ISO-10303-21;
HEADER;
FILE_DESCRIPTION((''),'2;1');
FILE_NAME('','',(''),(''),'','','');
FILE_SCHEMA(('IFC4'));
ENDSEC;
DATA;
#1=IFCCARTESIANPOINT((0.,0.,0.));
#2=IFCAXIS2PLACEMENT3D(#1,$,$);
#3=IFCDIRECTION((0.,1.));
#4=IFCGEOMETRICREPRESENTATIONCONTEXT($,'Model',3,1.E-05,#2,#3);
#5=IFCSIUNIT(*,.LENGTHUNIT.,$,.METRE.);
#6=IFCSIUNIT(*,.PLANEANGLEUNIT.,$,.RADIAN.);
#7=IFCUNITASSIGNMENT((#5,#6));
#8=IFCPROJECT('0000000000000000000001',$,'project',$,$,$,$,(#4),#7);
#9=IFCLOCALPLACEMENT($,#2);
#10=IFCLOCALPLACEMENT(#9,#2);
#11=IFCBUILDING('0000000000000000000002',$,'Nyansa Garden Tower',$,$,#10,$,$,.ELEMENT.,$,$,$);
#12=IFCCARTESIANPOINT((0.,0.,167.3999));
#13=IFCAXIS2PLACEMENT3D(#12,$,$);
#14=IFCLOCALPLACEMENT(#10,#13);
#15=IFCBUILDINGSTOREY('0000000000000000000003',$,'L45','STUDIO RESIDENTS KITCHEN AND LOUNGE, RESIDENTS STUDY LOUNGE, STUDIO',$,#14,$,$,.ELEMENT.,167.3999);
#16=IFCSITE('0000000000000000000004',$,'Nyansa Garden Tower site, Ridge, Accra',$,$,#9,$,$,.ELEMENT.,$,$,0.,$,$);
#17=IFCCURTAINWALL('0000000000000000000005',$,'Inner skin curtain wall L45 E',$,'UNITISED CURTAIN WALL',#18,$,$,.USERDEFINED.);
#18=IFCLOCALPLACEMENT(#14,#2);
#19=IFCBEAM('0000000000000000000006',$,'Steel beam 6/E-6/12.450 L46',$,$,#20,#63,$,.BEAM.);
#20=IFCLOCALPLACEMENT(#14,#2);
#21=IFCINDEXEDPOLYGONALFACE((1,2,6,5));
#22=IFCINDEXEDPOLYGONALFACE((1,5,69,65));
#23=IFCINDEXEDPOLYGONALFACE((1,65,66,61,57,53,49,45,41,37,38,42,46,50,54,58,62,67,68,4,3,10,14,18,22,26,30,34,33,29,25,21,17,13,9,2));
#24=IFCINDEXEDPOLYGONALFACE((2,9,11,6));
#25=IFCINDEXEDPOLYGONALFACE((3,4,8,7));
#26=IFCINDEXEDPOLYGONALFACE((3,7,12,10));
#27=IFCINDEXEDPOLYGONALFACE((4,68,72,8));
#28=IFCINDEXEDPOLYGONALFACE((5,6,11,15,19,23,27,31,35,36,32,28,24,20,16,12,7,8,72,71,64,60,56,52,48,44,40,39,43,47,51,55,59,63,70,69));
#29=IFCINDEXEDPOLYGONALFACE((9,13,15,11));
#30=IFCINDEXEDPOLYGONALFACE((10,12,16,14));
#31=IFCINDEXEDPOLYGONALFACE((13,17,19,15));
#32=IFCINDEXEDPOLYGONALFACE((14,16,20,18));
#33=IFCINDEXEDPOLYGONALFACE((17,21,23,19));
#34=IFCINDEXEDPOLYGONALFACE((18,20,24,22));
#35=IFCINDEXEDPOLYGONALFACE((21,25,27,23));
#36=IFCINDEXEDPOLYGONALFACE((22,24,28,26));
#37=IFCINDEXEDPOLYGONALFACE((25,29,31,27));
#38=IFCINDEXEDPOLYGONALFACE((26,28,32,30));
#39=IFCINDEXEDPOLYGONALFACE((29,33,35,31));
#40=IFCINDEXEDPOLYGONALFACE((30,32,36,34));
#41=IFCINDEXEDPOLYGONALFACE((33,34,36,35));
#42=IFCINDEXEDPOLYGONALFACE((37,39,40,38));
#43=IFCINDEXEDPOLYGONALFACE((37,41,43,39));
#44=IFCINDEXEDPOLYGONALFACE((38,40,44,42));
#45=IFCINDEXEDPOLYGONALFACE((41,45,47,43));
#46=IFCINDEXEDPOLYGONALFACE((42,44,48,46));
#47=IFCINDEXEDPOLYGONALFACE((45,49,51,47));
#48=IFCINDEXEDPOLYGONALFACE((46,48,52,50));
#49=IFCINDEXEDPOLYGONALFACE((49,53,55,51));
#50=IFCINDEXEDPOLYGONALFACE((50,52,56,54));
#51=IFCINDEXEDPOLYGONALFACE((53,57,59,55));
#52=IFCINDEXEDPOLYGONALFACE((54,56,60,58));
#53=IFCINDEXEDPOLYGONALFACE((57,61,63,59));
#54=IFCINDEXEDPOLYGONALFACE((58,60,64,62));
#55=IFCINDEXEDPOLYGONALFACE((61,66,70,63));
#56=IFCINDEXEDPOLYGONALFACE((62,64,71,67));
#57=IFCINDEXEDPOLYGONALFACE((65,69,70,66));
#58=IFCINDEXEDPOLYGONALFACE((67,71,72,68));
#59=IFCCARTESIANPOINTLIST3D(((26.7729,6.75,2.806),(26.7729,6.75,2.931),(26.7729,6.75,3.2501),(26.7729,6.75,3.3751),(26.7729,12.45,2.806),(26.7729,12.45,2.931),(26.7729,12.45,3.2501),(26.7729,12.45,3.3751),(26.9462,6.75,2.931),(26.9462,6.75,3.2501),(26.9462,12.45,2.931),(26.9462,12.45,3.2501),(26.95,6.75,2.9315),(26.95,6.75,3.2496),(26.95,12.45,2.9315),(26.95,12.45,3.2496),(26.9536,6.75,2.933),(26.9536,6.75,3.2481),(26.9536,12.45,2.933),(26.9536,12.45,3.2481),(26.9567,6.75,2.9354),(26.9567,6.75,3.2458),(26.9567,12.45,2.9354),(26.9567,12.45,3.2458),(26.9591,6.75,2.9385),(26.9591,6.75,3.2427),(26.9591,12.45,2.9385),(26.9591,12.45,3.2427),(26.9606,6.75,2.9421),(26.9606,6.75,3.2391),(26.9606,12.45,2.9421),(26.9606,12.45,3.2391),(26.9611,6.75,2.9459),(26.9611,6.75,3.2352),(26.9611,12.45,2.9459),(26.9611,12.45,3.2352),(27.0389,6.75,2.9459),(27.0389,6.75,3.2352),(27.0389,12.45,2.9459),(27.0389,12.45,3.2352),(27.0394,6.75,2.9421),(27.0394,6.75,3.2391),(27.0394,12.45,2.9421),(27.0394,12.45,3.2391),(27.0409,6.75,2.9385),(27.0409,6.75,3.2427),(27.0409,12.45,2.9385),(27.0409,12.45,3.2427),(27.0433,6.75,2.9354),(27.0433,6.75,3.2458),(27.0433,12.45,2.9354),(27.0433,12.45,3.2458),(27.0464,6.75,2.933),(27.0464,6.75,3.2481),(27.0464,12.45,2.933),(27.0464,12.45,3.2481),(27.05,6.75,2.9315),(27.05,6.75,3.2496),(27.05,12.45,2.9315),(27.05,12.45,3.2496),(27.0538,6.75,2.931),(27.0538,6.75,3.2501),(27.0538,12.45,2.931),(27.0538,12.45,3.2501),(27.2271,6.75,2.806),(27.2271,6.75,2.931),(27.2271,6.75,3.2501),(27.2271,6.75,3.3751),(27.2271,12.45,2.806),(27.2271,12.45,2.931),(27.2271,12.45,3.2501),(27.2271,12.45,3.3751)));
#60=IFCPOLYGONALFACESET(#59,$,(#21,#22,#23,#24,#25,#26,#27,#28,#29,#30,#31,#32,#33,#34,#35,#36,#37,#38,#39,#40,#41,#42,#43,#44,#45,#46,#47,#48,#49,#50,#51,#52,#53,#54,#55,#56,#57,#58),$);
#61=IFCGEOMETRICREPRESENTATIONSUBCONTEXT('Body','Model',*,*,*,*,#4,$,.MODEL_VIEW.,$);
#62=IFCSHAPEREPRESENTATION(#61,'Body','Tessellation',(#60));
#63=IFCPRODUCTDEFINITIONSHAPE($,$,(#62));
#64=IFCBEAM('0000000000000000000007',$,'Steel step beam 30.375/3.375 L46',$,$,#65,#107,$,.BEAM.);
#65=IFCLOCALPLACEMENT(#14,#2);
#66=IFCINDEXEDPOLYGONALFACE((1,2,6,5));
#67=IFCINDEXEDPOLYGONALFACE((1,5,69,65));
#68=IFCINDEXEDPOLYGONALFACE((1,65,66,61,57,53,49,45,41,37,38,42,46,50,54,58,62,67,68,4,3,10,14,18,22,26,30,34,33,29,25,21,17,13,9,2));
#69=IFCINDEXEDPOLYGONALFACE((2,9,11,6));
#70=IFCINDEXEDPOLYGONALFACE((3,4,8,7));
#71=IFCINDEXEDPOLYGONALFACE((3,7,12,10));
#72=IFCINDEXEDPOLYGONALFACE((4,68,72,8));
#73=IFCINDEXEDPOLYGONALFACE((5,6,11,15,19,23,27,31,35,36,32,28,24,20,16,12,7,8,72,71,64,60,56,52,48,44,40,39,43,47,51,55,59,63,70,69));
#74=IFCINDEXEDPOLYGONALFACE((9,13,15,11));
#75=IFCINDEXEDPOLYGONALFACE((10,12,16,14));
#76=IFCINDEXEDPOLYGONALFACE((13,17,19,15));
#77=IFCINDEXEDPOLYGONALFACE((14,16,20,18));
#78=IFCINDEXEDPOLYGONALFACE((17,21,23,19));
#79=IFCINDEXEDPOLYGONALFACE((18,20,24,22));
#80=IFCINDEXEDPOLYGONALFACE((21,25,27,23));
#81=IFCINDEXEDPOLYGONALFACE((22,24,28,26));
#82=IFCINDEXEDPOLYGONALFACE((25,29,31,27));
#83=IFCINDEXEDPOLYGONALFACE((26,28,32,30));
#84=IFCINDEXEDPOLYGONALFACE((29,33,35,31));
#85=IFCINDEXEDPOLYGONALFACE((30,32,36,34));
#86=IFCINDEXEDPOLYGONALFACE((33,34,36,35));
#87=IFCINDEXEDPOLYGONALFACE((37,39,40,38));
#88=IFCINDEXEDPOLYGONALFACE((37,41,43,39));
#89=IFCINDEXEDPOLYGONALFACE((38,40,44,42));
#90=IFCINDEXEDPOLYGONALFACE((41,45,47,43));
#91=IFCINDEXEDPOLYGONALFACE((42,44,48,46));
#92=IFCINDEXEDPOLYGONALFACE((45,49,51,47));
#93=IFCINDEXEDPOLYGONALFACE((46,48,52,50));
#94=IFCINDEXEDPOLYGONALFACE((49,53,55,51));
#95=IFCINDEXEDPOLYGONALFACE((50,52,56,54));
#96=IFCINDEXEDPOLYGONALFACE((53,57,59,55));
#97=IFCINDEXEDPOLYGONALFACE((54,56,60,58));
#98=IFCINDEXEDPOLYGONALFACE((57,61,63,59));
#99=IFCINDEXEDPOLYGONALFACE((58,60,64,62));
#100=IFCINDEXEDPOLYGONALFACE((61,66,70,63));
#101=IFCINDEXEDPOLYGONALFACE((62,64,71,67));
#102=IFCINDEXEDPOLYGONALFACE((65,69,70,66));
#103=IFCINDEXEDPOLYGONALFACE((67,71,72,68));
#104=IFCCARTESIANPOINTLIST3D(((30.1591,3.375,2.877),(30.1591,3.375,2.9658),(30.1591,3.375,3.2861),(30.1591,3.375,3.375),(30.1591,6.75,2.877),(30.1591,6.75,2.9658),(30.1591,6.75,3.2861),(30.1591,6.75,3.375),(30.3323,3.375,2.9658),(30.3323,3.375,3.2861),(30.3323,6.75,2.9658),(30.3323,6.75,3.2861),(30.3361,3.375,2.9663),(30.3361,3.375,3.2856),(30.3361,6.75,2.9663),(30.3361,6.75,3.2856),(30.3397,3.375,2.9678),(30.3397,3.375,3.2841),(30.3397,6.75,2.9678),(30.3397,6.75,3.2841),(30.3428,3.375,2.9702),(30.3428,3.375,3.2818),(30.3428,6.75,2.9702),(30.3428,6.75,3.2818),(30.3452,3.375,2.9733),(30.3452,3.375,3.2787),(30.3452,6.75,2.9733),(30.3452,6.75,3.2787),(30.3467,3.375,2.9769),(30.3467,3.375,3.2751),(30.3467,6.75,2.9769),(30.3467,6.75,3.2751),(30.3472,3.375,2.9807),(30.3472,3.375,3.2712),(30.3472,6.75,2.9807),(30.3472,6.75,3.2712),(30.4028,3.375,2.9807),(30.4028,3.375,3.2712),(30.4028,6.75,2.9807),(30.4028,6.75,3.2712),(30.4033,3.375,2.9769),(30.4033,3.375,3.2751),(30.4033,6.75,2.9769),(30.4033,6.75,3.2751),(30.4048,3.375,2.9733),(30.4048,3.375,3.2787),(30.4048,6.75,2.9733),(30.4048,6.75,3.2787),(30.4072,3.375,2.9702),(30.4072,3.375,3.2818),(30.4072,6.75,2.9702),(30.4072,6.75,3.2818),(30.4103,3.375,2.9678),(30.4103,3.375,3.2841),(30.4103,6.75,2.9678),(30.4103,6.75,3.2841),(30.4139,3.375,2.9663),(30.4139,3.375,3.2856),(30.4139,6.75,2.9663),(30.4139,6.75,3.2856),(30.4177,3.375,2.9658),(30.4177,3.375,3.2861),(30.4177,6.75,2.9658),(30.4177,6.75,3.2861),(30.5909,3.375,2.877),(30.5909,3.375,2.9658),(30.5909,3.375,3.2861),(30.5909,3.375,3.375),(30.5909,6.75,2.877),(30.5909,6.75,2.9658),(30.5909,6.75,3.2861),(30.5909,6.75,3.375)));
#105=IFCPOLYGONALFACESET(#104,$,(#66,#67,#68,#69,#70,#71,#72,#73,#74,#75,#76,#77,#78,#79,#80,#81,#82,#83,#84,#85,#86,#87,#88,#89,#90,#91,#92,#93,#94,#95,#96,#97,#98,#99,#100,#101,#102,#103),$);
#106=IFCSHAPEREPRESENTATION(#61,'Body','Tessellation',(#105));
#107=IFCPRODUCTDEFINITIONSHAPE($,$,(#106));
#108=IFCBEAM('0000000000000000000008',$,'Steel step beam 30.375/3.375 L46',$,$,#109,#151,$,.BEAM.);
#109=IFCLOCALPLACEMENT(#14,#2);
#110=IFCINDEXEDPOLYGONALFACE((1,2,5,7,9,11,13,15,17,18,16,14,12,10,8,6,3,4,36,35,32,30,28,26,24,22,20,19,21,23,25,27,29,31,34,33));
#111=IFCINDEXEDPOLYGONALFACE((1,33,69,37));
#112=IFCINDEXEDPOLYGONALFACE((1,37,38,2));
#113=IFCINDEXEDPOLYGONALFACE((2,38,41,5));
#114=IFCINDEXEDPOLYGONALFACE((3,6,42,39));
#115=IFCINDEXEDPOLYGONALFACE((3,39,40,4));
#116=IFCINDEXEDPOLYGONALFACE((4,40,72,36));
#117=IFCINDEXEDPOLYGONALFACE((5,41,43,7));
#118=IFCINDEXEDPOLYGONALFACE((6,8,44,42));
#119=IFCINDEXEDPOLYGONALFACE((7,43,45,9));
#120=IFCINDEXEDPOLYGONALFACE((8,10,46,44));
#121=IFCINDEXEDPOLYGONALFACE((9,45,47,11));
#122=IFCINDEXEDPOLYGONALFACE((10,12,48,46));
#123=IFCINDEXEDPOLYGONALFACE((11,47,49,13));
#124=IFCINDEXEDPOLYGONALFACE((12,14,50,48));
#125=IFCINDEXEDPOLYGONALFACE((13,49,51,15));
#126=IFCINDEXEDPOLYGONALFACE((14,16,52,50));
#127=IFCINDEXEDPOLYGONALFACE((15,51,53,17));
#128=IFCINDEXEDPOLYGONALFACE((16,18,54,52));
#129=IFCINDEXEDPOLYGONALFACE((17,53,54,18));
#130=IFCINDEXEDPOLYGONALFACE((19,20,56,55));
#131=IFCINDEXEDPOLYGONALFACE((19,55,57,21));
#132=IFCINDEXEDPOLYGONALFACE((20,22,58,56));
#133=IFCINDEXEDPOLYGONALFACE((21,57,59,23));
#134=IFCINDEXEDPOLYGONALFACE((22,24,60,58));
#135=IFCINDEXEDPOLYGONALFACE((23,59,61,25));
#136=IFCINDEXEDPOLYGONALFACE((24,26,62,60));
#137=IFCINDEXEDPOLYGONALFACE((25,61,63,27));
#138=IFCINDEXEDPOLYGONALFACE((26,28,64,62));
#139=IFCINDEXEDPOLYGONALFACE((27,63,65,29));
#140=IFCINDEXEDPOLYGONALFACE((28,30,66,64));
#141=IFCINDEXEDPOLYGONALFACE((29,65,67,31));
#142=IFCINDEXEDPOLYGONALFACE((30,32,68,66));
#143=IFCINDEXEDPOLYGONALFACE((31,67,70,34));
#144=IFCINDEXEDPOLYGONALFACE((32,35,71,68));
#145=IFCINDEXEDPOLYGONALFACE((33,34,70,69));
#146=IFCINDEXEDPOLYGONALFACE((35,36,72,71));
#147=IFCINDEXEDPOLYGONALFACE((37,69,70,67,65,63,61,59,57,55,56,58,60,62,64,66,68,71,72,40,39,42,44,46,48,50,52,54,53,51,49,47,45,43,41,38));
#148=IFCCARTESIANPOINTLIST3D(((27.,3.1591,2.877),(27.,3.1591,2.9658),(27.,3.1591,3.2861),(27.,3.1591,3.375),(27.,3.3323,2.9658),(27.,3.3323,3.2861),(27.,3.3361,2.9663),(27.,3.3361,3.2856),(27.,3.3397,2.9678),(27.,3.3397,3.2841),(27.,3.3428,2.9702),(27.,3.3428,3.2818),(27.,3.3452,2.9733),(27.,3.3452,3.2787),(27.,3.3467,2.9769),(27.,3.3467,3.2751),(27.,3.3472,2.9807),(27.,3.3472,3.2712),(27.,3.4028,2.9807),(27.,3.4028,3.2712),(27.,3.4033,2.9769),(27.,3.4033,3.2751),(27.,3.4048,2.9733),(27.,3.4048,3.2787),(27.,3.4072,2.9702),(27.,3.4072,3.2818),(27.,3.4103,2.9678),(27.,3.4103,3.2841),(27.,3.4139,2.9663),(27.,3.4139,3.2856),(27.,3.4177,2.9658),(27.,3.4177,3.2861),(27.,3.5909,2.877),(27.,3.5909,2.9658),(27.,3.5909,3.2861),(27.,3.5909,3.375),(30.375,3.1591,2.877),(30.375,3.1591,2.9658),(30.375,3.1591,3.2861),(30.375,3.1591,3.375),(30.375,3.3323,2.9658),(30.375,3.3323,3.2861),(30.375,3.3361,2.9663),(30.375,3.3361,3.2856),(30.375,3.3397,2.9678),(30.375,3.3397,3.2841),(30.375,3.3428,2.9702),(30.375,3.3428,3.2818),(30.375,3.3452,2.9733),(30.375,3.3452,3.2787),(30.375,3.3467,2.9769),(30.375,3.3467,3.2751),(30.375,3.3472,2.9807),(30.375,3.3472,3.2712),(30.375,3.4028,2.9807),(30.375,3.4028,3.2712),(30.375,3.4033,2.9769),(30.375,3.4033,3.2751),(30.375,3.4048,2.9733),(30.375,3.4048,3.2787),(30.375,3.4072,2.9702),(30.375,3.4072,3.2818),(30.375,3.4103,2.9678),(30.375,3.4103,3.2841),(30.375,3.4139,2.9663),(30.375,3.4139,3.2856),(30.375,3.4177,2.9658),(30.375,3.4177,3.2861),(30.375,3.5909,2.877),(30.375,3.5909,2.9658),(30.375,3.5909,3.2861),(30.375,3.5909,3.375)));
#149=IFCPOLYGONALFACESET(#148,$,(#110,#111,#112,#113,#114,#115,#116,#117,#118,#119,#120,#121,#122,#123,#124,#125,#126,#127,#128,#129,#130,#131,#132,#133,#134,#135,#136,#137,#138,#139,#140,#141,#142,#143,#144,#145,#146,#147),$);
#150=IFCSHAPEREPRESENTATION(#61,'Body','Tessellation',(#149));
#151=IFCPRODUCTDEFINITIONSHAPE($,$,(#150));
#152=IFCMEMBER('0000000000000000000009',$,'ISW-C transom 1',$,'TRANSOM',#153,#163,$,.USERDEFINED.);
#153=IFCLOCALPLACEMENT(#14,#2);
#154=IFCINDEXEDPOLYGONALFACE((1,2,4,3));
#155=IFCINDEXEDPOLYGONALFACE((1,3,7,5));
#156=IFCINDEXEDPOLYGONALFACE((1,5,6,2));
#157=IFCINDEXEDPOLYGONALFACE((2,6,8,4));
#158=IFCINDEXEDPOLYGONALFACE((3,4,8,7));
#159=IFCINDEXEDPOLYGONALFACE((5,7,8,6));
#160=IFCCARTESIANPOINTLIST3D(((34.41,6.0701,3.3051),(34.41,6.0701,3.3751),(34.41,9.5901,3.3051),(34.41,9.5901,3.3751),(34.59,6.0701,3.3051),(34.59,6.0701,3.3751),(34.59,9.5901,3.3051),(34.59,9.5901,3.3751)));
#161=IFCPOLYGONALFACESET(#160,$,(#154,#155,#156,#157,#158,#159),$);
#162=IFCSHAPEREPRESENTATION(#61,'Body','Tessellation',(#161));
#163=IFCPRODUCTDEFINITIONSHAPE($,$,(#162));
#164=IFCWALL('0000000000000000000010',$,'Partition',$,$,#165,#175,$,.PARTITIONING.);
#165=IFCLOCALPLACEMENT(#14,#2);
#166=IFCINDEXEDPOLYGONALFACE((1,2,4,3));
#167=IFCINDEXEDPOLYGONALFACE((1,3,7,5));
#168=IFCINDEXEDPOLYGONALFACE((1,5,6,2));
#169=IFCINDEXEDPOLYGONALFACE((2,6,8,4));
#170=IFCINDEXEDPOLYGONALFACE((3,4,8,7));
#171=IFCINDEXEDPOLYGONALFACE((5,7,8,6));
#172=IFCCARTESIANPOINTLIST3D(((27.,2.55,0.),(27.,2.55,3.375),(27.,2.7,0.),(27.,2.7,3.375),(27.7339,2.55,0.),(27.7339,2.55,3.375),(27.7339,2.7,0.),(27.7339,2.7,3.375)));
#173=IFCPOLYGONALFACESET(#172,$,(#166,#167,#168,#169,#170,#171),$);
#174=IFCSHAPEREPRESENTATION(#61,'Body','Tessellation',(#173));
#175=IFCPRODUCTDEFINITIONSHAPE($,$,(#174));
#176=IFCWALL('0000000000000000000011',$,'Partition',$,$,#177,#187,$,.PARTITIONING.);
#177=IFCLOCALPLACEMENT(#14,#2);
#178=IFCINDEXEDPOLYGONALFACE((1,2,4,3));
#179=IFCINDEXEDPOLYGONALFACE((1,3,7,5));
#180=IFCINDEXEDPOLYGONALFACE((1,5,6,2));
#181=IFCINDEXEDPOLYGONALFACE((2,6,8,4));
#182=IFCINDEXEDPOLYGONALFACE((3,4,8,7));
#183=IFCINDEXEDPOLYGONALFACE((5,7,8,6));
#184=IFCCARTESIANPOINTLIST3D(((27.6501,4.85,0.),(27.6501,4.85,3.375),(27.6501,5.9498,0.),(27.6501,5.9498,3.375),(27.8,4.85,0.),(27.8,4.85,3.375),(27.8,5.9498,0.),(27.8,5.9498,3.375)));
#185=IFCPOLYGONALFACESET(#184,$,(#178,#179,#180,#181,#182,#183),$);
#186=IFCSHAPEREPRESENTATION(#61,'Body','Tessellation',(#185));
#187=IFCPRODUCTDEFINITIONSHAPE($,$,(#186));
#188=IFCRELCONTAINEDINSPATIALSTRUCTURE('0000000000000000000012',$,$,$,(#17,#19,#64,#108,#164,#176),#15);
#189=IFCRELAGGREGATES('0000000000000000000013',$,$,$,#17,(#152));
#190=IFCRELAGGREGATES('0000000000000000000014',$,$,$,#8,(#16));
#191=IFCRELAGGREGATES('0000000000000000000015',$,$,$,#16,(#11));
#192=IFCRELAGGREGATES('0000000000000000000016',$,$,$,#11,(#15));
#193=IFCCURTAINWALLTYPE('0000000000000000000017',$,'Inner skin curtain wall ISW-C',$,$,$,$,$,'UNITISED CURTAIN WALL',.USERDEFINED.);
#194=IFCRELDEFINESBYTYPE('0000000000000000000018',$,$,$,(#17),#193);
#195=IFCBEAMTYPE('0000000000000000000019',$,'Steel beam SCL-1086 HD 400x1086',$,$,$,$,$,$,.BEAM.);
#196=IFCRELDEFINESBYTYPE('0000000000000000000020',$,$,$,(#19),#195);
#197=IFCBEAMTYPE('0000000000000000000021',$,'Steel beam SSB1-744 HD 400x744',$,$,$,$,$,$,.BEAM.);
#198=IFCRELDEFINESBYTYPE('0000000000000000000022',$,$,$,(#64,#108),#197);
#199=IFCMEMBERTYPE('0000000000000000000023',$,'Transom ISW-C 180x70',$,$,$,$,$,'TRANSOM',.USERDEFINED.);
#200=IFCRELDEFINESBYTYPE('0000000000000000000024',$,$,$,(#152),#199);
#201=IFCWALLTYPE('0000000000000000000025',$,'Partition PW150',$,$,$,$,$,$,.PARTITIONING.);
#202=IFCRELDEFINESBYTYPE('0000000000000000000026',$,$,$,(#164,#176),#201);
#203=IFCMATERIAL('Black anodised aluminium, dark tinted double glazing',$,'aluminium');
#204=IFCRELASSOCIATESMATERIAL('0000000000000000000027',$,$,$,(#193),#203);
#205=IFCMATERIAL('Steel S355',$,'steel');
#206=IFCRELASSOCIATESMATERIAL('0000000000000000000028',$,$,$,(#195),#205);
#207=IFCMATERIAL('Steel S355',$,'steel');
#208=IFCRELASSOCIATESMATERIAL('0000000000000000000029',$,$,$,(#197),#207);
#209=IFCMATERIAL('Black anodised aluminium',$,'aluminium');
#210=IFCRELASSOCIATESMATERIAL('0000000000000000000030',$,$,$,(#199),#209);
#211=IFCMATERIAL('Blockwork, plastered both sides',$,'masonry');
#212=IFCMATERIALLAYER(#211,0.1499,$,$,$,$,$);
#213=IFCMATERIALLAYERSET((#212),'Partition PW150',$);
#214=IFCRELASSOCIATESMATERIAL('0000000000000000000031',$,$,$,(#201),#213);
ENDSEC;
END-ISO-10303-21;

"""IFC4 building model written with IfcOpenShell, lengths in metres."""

from ifc_helpers import new_model, si_unit, direction, frame, frame_2d, origin, origin_2d, place, context, subcontext, project, spatial, rectangle, i_section, extrude, material, layer, layer_set, material_profile, profile_set, type_object, element, aggregate, save


model = new_model("IFC4")

# Units and contexts
model_context = context("Model", 3, precision=1e-05, world=origin(), true_north=direction((0.0, 1.0)))
body_context = subcontext(model_context, "Body", "Model", "MODEL_VIEW")
ifc_project = project(units=[si_unit("LENGTHUNIT", "METRE"), si_unit("PLANEANGLEUNIT", "RADIAN")], contexts=[model_context])

# Site, building, storey
site_placement = place(None, origin())
site = spatial("IfcSite", under=ifc_project, at=site_placement, Name="Nyansa Garden Tower site, Ridge, Accra", CompositionType="ELEMENT", RefElevation=0.0)
building_placement = place(site_placement, origin())
building = spatial("IfcBuilding", under=site, at=building_placement, Name="Nyansa Garden Tower", CompositionType="ELEMENT")
storey_placement = place(building_placement, frame((0.0, 0.0, 167.3999)))
storey = spatial("IfcBuildingStorey", under=building, at=storey_placement, Name="L45", Description="STUDIO RESIDENTS KITCHEN AND LOUNGE, RESIDENTS STUDY LOUNGE, STUDIO", CompositionType="ELEMENT", Elevation=167.3999)

# Curtain wall
ifc_material_1 = material(Name="Black anodised aluminium, dark tinted double glazing", Category="aluminium")
curtain_wall_type = type_object("IfcCurtainWallType", Name="Inner skin curtain wall ISW-C", ElementType="UNITISED CURTAIN WALL", PredefinedType="USERDEFINED", material=ifc_material_1)
curtain_wall_1_placement = place(storey_placement, origin())
curtain_wall_1 = element("IfcCurtainWall", 1, at=curtain_wall_1_placement, inside=storey, type_object=curtain_wall_type, Name="Inner skin curtain wall L45 E", ObjectType="UNITISED CURTAIN WALL", PredefinedType="USERDEFINED")

# Beams
ifc_material_2 = material(Name="Steel S355", Category="steel")
ifc_material_profile_1 = material_profile(ifc_material_2, i_section(OverallWidth=0.4541, OverallDepth=0.5691, WebThickness=0.0779, FlangeThickness=0.125, FilletRadius=0.0149, at=origin_2d()), Name="HD 400x1086")
ifc_profile_set_1 = profile_set([ifc_material_profile_1], Name="Steel S355")
beam_type_1 = type_object("IfcBeamType", Name="Steel beam SCL-1086 HD 400x1086", PredefinedType="BEAM", material=ifc_profile_set_1)
beam_placement = place(storey_placement, frame((27.0, 6.75, 3.0906), z_axis=(0.0, 1.0, 0.0), x_axis=(-1.0, 0.0, 0.0)))
element("IfcBeam", 2, at=beam_placement, inside=storey, type_object=beam_type_1, Name="Steel beam 6/E-6/12.450 L46", PredefinedType="BEAM", context=body_context, shape_type="SweptSolid", body=[
    extrude(i_section(OverallWidth=0.4541, OverallDepth=0.5691, WebThickness=0.0779, FlangeThickness=0.125, FilletRadius=0.0149, at=origin_2d()), origin(), (0.0, 0.0, 1.0), 5.7),
])
ifc_material_3 = material(Name="Steel S355", Category="steel")
ifc_material_profile_2 = material_profile(ifc_material_3, i_section(OverallWidth=0.4319, OverallDepth=0.498, WebThickness=0.0557, FlangeThickness=0.0889, FilletRadius=0.0149, at=origin_2d()), Name="HD 400x744")
ifc_profile_set_2 = profile_set([ifc_material_profile_2], Name="Steel S355")
beam_type_2 = type_object("IfcBeamType", Name="Steel beam SSB1-744 HD 400x744", PredefinedType="BEAM", material=ifc_profile_set_2)
for number, where, z_axis, x_axis, name in (
    (3, (30.375, 3.375, 3.126), (0.0, 1.0, 0.0), (-1.0, 0.0, 0.0), "Steel step beam 30.375/3.375 L46"),
    (4, (30.375, 3.375, 3.126), (-1.0, 0.0, 0.0), (0.0, -1.0, 0.0), "Steel step beam 30.375/3.375 L46"),
):
    element("IfcBeam", number, at=place(storey_placement, frame(where, z_axis=z_axis, x_axis=x_axis)), inside=storey, type_object=beam_type_2, Name=name, PredefinedType="BEAM", context=body_context, shape_type="SweptSolid", body=[
        extrude(i_section(OverallWidth=0.4319, OverallDepth=0.498, WebThickness=0.0557, FlangeThickness=0.0889, FilletRadius=0.0149, at=origin_2d()), origin(), (0.0, 0.0, 1.0), 3.375),
    ])

# Member
ifc_material_4 = material(Name="Black anodised aluminium", Category="aluminium")
ifc_material_profile_3 = material_profile(ifc_material_4, rectangle(XDim=0.1799, YDim=0.0701, at=origin_2d()), Name="Transom 180x70")
ifc_profile_set_3 = profile_set([ifc_material_profile_3], Name="Black anodised aluminium")
member_type_1 = type_object("IfcMemberType", Name="Transom ISW-C 180x70", ElementType="TRANSOM", PredefinedType="USERDEFINED", material=ifc_profile_set_3)
member_1_placement = place(storey_placement, frame((34.5, 6.0701, 3.3401), z_axis=(0.0, 1.0, 0.0), x_axis=(-1.0, 0.0, 0.0)))
member_1 = element("IfcMember", 5, at=member_1_placement, type_object=member_type_1, Name="ISW-C transom 1", ObjectType="TRANSOM", PredefinedType="USERDEFINED", context=body_context, shape_type="SweptSolid", body=[
    extrude(rectangle(XDim=0.1799, YDim=0.0701, at=origin_2d()), origin(), (0.0, 0.0, 1.0), 3.52),
])
aggregate(curtain_wall_1, [member_1])

# Walls
ifc_material_5 = material(Name="Blockwork, plastered both sides", Category="masonry")
ifc_layer_1 = layer(ifc_material_5, 0.1499)
ifc_layer_set_1 = layer_set([ifc_layer_1], Name="Partition PW150")
wall_type_1 = type_object("IfcWallType", Name="Partition PW150", PredefinedType="PARTITIONING", material=ifc_layer_set_1)
wall_1_placement = place(storey_placement, frame((27.0, 2.625, 0.0), z_axis=(0.0, 0.0, 1.0), x_axis=(1.0, 0.0, 0.0)))
element("IfcWall", 6, at=wall_1_placement, inside=storey, type_object=wall_type_1, Name="Partition", PredefinedType="PARTITIONING", context=body_context, shape_type="SweptSolid", body=[
    extrude(rectangle(XDim=0.7339, YDim=0.1499, at=frame_2d((0.3669, 0.0))), origin(), (0.0, 0.0, 1.0), 3.375),
])
wall_2_placement = place(storey_placement, frame((27.7251, 4.8501, 0.0), z_axis=(0.0, 0.0, 1.0), x_axis=(0.0, 1.0, 0.0)))
element("IfcWall", 7, at=wall_2_placement, inside=storey, type_object=wall_type_1, Name="Partition", PredefinedType="PARTITIONING", context=body_context, shape_type="SweptSolid", body=[
    extrude(rectangle(XDim=1.0999, YDim=0.1499, at=frame_2d((0.5498, 0.0))), origin(), (0.0, 0.0, 1.0), 3.375),
])

save(model, "model.ifc")
